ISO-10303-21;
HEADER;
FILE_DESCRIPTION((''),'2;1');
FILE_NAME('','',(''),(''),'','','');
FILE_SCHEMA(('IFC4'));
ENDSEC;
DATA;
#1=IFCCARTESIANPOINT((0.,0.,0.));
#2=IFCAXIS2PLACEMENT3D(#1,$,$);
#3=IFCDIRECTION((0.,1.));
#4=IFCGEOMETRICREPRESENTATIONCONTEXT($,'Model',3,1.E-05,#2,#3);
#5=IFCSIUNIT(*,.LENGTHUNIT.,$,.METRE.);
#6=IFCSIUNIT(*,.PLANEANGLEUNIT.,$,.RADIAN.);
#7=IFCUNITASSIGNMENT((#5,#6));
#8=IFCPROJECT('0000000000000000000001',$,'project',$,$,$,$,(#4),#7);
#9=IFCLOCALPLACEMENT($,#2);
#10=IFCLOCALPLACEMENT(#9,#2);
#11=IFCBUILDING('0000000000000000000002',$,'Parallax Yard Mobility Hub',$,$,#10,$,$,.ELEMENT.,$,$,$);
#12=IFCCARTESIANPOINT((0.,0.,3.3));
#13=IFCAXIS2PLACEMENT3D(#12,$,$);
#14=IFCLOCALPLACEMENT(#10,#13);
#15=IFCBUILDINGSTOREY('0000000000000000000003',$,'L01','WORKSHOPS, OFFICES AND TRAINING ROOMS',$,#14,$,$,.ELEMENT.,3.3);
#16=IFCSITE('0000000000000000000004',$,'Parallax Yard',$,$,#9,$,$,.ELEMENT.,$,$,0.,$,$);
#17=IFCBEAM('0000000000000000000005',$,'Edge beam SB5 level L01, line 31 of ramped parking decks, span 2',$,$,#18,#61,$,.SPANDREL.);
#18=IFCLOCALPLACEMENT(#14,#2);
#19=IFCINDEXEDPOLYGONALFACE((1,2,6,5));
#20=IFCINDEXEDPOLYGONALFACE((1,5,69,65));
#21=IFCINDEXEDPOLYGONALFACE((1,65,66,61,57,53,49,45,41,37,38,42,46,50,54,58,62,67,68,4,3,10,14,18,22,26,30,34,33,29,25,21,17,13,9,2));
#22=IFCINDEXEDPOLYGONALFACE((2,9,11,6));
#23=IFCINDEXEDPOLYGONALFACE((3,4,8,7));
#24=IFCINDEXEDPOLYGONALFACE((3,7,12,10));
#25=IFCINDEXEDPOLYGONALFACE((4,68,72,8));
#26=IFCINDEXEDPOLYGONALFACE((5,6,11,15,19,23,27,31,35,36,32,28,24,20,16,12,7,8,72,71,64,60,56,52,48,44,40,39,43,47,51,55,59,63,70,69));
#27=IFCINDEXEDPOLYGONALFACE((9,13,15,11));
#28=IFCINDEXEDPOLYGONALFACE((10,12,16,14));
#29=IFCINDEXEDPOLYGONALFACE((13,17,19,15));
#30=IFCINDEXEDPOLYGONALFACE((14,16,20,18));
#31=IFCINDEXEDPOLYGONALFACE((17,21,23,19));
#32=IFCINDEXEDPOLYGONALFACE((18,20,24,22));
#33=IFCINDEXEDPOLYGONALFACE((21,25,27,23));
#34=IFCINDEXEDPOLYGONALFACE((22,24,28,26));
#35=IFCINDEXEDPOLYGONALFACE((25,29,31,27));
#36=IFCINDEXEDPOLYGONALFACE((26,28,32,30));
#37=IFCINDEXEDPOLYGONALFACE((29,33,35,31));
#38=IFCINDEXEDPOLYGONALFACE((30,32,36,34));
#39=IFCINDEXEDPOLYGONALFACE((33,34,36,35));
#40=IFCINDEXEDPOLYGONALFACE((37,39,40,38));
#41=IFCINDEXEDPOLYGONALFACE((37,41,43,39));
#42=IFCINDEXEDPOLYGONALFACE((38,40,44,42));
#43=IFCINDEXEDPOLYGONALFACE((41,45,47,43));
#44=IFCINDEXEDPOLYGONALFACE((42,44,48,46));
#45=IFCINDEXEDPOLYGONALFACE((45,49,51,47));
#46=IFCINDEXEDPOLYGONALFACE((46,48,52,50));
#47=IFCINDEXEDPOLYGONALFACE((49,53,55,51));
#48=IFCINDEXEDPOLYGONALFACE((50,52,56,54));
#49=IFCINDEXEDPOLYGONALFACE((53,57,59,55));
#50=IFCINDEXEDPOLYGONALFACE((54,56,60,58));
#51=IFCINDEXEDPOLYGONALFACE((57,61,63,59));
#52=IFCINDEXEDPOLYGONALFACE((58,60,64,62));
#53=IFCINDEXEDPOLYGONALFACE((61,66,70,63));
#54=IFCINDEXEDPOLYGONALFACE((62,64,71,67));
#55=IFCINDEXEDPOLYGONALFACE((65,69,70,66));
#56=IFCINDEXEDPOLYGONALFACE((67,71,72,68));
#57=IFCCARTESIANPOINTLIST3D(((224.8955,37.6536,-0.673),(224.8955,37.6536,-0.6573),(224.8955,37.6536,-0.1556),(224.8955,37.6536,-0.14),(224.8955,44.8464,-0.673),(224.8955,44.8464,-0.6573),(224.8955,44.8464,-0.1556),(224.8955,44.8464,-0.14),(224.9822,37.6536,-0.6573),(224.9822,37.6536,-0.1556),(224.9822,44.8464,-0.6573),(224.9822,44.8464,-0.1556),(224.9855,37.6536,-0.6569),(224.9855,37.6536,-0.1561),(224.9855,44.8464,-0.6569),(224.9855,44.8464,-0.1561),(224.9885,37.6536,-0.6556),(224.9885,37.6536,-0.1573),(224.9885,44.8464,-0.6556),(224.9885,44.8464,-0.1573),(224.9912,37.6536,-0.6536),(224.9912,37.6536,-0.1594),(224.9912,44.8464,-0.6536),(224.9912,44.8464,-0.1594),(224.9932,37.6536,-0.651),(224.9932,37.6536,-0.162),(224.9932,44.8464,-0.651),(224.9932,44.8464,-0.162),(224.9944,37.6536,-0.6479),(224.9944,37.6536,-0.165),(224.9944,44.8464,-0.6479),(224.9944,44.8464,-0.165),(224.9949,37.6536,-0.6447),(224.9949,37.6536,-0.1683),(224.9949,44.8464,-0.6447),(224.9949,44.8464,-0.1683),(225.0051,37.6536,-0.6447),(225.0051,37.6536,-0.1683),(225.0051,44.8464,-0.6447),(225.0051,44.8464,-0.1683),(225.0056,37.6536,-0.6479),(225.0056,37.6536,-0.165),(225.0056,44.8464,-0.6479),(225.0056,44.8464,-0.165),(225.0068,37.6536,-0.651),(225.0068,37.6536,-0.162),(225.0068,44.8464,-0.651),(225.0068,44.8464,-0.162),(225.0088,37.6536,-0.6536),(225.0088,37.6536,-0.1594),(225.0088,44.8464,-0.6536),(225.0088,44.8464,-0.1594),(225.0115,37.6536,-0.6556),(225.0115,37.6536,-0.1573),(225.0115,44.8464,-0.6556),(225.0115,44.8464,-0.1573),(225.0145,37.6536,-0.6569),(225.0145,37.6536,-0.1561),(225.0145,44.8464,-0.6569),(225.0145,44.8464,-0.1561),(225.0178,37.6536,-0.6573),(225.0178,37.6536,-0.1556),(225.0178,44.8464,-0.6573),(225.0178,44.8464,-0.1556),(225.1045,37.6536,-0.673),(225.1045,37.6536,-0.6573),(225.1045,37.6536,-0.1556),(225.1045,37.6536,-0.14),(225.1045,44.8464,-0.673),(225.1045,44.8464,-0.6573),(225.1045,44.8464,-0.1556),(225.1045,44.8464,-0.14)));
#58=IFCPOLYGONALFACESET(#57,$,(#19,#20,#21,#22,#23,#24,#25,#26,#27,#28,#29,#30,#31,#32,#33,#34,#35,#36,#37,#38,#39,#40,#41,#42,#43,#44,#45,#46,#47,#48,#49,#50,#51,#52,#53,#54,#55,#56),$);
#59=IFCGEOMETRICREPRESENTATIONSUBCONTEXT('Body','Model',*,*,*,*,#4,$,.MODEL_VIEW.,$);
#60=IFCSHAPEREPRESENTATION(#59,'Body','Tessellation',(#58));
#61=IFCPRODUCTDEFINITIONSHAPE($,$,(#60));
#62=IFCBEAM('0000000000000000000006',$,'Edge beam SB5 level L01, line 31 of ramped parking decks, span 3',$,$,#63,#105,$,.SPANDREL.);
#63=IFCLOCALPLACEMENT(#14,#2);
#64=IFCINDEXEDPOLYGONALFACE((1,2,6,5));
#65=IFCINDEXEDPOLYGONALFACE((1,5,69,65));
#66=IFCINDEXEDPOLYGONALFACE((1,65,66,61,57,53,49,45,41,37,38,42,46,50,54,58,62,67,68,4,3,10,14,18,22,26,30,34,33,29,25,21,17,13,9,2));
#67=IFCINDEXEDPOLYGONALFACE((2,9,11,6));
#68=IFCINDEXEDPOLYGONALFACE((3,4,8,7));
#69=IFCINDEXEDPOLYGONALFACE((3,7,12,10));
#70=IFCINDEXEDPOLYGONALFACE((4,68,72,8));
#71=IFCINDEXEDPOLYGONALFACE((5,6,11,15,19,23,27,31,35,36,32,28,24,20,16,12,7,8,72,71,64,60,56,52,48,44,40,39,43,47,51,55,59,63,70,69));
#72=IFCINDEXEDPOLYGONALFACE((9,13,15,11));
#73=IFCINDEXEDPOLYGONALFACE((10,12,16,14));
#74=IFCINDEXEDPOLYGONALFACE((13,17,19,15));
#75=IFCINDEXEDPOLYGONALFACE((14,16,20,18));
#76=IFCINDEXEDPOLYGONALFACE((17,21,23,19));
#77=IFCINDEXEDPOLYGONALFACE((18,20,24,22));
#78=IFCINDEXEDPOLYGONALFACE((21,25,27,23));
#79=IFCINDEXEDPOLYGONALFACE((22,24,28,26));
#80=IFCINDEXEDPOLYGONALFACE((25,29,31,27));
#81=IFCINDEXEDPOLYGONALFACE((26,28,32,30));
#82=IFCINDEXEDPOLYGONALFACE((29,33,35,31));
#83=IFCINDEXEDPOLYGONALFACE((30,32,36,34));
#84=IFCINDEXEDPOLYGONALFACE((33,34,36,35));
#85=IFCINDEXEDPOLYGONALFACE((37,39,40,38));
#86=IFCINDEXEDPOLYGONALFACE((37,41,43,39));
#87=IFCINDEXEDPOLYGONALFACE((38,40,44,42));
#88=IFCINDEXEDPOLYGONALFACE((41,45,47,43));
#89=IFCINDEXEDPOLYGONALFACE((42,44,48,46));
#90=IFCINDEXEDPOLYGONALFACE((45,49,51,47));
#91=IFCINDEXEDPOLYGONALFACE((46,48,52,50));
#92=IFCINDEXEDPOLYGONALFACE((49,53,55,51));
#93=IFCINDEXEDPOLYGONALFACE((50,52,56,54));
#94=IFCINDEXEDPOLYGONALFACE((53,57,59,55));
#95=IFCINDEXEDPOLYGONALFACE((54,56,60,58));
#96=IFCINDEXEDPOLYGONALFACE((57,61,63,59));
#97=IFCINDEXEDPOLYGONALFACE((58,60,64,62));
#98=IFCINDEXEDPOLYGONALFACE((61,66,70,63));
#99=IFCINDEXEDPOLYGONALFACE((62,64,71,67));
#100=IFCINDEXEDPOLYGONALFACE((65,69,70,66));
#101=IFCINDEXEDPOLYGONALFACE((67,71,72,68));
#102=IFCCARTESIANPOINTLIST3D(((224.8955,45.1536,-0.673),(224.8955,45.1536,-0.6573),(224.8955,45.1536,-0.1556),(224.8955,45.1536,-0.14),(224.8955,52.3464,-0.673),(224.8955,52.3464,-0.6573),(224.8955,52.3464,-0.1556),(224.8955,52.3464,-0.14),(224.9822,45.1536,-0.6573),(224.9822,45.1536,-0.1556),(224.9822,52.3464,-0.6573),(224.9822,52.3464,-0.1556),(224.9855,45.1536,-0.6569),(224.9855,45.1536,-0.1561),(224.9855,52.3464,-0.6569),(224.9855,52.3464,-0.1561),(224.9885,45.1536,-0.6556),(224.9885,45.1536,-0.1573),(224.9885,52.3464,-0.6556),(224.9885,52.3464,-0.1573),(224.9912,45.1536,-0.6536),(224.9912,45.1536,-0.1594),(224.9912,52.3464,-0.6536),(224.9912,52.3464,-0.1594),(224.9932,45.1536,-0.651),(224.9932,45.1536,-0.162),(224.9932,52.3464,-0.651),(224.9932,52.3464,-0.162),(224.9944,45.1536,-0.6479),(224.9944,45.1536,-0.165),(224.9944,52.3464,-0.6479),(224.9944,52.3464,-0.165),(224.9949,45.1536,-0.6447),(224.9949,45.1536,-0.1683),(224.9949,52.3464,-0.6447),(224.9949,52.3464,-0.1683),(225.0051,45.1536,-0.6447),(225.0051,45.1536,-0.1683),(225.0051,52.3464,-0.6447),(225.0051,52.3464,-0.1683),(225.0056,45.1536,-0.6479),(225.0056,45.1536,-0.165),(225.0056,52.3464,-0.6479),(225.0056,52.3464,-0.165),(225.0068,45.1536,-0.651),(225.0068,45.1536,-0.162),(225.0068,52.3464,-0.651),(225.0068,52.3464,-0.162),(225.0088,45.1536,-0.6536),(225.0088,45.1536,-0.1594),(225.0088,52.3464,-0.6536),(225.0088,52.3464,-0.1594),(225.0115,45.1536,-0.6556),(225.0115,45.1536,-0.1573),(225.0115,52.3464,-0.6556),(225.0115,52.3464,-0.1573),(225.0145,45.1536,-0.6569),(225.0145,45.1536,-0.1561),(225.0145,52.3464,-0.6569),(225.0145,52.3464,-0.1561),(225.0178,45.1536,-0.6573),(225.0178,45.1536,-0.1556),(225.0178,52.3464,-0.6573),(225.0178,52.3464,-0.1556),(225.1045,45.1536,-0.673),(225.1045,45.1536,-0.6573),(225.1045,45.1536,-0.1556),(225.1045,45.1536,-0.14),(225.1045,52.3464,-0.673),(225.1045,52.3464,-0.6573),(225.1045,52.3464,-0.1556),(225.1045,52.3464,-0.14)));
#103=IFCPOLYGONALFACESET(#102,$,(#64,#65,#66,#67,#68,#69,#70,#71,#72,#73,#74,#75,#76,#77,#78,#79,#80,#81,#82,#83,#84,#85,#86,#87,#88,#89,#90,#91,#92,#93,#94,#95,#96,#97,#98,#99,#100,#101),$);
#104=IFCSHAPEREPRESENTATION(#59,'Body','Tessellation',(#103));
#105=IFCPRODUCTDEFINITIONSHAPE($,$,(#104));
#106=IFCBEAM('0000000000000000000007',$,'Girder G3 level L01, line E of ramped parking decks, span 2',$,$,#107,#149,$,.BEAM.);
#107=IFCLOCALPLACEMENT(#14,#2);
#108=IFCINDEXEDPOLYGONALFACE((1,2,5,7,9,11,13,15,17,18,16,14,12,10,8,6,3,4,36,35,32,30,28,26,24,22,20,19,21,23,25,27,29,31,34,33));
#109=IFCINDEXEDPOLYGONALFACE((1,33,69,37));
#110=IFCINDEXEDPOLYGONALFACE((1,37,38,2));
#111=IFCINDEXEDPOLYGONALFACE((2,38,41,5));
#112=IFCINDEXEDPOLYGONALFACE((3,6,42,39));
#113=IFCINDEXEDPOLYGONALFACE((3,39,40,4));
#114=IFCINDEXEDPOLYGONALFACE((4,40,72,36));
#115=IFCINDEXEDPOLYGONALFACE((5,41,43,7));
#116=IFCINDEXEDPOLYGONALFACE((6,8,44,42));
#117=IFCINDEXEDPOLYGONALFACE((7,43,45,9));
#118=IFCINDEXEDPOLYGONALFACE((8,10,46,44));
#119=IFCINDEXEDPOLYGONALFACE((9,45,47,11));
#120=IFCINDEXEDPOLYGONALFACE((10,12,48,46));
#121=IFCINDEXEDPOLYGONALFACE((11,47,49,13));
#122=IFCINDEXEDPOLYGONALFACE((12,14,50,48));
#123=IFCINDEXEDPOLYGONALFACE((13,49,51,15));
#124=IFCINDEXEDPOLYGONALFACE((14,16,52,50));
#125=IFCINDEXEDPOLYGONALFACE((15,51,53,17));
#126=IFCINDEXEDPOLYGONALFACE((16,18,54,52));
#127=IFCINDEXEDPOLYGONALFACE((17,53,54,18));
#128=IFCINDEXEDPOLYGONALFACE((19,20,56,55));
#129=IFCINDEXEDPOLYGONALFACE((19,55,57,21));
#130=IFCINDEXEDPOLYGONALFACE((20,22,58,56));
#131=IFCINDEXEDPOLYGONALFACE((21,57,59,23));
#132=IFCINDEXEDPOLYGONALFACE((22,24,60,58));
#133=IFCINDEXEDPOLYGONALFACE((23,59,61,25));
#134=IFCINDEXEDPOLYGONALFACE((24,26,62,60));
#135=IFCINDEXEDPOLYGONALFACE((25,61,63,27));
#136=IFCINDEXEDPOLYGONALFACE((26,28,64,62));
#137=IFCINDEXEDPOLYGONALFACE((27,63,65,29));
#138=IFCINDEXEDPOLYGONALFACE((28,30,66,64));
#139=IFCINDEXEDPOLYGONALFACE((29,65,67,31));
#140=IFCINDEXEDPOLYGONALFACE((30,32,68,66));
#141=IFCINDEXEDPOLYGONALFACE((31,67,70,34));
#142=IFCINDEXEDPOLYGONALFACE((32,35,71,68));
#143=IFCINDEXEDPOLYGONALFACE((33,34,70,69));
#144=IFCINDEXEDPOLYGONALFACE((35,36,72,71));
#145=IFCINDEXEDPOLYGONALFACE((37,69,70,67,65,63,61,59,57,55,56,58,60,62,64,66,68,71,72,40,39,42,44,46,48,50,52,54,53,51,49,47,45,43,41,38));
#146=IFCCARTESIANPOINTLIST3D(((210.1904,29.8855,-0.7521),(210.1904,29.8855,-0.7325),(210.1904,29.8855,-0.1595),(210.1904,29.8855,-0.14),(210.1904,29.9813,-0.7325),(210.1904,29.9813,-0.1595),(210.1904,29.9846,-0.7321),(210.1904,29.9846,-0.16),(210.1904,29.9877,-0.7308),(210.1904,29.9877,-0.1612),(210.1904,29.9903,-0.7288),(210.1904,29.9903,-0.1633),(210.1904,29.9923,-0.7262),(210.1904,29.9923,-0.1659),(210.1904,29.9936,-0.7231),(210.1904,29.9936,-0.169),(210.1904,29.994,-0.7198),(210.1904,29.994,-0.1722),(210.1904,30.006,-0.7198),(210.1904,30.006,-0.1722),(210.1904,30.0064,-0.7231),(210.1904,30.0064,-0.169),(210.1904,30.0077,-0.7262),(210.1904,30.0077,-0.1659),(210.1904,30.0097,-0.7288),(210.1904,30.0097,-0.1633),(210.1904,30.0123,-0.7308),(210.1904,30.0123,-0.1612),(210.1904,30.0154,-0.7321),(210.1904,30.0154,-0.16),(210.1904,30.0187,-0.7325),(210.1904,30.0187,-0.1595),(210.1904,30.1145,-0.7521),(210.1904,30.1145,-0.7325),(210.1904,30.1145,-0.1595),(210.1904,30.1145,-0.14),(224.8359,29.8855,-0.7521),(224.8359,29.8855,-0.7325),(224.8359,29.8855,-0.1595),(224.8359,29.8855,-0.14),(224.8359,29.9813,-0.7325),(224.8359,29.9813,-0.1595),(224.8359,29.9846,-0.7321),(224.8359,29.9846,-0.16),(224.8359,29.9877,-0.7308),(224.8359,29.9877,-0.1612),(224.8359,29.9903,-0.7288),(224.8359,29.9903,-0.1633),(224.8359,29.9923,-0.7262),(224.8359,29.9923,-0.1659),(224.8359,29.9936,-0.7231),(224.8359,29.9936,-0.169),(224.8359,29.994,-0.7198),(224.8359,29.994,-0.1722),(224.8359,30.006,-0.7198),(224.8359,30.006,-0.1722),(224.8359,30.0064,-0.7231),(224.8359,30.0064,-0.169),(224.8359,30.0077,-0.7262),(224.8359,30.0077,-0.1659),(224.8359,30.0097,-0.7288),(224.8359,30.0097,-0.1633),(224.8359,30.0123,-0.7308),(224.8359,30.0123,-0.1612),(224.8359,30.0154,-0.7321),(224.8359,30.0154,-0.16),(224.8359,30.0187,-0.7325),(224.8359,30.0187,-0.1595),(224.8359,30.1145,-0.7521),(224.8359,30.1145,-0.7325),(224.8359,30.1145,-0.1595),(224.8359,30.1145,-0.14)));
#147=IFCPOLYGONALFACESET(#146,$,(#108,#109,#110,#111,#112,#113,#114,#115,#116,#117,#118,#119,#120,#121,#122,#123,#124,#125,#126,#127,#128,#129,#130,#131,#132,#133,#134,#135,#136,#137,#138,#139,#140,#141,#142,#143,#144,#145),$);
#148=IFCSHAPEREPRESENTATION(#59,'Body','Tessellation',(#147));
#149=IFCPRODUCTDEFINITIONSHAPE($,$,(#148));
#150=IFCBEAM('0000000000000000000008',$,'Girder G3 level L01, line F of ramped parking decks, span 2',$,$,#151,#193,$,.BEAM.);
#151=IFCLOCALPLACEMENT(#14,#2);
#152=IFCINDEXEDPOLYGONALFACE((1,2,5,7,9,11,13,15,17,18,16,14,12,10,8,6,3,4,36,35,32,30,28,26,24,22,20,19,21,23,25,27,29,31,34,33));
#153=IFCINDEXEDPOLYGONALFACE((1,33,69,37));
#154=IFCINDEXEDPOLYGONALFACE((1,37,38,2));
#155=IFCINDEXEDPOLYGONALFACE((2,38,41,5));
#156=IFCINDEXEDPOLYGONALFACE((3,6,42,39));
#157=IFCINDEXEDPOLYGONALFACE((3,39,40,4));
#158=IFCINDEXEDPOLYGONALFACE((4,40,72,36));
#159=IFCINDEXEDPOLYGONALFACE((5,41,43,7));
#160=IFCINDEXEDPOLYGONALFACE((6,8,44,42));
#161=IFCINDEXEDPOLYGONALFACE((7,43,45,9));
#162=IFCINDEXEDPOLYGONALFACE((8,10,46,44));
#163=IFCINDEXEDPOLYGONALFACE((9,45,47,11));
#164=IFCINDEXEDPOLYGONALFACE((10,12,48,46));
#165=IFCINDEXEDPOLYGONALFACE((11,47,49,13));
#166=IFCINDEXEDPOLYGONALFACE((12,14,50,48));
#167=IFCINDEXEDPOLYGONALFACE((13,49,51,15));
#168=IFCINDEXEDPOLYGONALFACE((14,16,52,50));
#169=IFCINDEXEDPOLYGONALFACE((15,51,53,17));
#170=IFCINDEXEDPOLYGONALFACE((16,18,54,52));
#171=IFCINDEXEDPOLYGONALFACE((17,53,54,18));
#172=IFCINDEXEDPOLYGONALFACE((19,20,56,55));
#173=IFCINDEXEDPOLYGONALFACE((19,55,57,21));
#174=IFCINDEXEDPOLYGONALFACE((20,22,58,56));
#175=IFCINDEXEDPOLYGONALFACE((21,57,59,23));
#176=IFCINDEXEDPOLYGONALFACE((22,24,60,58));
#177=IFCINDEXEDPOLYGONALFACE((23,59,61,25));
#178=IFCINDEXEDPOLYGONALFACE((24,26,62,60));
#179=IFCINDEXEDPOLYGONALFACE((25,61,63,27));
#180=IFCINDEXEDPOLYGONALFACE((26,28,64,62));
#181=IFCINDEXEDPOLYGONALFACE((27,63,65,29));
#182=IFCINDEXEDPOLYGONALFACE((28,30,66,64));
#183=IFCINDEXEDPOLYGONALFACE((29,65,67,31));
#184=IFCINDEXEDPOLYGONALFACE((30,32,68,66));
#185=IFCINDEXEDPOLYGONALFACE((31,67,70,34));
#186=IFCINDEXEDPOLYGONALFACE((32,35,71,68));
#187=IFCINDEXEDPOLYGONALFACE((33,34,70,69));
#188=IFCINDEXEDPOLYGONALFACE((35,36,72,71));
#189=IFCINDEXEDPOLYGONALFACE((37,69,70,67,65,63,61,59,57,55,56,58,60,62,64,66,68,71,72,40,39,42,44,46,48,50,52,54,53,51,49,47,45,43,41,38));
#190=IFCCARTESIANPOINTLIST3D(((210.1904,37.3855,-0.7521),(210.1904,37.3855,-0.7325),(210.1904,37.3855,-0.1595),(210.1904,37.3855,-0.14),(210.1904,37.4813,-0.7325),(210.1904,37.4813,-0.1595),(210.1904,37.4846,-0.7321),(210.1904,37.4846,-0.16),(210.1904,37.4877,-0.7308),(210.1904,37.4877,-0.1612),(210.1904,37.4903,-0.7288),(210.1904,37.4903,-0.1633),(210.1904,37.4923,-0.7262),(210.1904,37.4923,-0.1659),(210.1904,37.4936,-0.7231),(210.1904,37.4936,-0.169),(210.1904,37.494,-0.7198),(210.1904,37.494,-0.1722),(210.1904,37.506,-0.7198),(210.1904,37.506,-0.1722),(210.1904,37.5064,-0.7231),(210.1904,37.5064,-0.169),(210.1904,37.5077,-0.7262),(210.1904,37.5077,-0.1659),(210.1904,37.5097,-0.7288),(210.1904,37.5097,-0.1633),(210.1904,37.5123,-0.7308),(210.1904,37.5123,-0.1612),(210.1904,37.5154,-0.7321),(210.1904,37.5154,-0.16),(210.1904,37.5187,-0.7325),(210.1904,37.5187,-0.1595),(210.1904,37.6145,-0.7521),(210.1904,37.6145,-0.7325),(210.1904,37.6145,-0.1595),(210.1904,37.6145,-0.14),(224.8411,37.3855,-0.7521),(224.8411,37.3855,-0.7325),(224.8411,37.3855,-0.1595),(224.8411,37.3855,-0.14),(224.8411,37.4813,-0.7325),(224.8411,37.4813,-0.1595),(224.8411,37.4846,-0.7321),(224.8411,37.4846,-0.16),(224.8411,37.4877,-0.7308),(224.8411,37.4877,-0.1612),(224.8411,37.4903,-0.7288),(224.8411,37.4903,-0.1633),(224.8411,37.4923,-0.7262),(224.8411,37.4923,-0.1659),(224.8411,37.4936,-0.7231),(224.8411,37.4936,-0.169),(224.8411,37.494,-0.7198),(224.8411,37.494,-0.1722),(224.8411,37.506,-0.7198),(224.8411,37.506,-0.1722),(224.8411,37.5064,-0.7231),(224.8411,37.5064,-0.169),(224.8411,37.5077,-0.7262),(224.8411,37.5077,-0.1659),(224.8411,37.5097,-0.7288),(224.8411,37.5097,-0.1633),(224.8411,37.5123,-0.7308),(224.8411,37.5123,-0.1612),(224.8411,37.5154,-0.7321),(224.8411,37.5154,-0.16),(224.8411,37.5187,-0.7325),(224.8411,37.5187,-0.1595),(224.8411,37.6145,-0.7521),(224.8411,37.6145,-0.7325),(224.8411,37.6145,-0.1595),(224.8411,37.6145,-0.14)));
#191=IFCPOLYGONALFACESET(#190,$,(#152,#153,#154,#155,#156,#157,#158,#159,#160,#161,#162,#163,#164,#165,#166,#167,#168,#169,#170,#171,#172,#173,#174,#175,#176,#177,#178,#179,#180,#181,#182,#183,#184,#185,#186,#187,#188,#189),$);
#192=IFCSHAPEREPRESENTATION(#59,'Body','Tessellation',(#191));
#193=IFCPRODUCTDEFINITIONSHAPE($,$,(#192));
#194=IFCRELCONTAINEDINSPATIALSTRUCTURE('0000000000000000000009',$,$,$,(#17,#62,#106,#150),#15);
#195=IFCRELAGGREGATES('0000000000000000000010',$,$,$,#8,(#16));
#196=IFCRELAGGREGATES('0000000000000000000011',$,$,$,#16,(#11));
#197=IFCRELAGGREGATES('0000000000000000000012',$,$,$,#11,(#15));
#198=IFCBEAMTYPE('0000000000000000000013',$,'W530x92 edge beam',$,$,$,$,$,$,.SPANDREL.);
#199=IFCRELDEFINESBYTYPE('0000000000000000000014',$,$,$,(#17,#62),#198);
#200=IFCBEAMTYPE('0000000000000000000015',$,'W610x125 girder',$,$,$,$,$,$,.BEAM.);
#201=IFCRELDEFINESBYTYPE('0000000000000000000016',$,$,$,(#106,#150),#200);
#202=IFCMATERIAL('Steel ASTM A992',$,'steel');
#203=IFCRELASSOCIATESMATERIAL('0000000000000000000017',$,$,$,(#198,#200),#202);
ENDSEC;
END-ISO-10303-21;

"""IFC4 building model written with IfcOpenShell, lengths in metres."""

from ifc_helpers import new_model, si_unit, direction, frame, origin, origin_2d, place, context, subcontext, project, spatial, i_section, extrude, material, material_profile, profile_set, type_object, element, save


model = new_model("IFC4")

# Units and contexts
model_context = context("Model", 3, precision=1e-05, world=origin(), true_north=direction((0.0, 1.0)))
body_context = subcontext(model_context, "Body", "Model", "MODEL_VIEW")
ifc_project = project(units=[si_unit("LENGTHUNIT", "METRE"), si_unit("PLANEANGLEUNIT", "RADIAN")], contexts=[model_context])

# Site, building, storey
site_placement = place(None, origin())
site = spatial("IfcSite", under=ifc_project, at=site_placement, Name="Parallax Yard", CompositionType="ELEMENT", RefElevation=0.0)
building_placement = place(site_placement, origin())
building = spatial("IfcBuilding", under=site, at=building_placement, Name="Parallax Yard Mobility Hub", CompositionType="ELEMENT")
storey_placement = place(building_placement, frame((0.0, 0.0, 3.3)))
storey = spatial("IfcBuildingStorey", under=building, at=storey_placement, Name="L01", Description="WORKSHOPS, OFFICES AND TRAINING ROOMS", CompositionType="ELEMENT", Elevation=3.3)

# Shared definitions
ifc_material_1 = material(Name="Steel ASTM A992", Category="steel")

# Beams
ifc_material_profile_1 = material_profile(ifc_material_1, i_section(OverallWidth=0.209, OverallDepth=0.533, WebThickness=0.0103, FlangeThickness=0.0156, FilletRadius=0.0127, at=origin_2d()), Name="W530x92")
ifc_profile_set_1 = profile_set([ifc_material_profile_1], Name="Steel ASTM A992")
beam_type_1 = type_object("IfcBeamType", Name="W530x92 edge beam", PredefinedType="SPANDREL", material=ifc_profile_set_1)
for number, where, z_axis, x_axis, name in (
    (1, (225.0, 37.6536, -0.4065), (0.0, 1.0, 0.0), (-1.0, 0.0, 0.0), "Edge beam SB5 level L01, line 31 of ramped parking decks, span 2"),
    (2, (225.0, 45.1536, -0.4065), (0.0, 1.0, 0.0), (-1.0, 0.0, 0.0), "Edge beam SB5 level L01, line 31 of ramped parking decks, span 3"),
):
    element("IfcBeam", number, at=place(storey_placement, frame(where, z_axis=z_axis, x_axis=x_axis)), inside=storey, type_object=beam_type_1, Name=name, PredefinedType="SPANDREL", context=body_context, shape_type="SweptSolid", body=[
        extrude(i_section(OverallWidth=0.209, OverallDepth=0.533, WebThickness=0.0103, FlangeThickness=0.0156, FilletRadius=0.0127, at=origin_2d()), origin(), (0.0, 0.0, 1.0), 7.1929),
    ])
ifc_material_profile_2 = material_profile(ifc_material_1, i_section(OverallWidth=0.229, OverallDepth=0.6121, WebThickness=0.012, FlangeThickness=0.0195, FilletRadius=0.0127, at=origin_2d()), Name="W610x125")
ifc_profile_set_2 = profile_set([ifc_material_profile_2], Name="Steel ASTM A992")
beam_type_2 = type_object("IfcBeamType", Name="W610x125 girder", PredefinedType="BEAM", material=ifc_profile_set_2)
beam_1_placement = place(storey_placement, frame((210.1904, 30.0, -0.446), z_axis=(1.0, 0.0, 0.0), x_axis=(0.0, 1.0, 0.0)))
element("IfcBeam", 3, at=beam_1_placement, inside=storey, type_object=beam_type_2, Name="Girder G3 level L01, line E of ramped parking decks, span 2", PredefinedType="BEAM", context=body_context, shape_type="SweptSolid", body=[
    extrude(i_section(OverallWidth=0.229, OverallDepth=0.6121, WebThickness=0.012, FlangeThickness=0.0195, FilletRadius=0.0127, at=origin_2d()), origin(), (0.0, 0.0, 1.0), 14.6455),
])
for number, where, z_axis, x_axis, name in (
    (4, (210.1904, 37.5, -0.446), (1.0, 0.0, 0.0), (0.0, 1.0, 0.0), "Girder G3 level L01, line F of ramped parking decks, span 2"),
):
    element("IfcBeam", number, at=place(storey_placement, frame(where, z_axis=z_axis, x_axis=x_axis)), inside=storey, type_object=beam_type_2, Name=name, PredefinedType="BEAM", context=body_context, shape_type="SweptSolid", body=[
        extrude(i_section(OverallWidth=0.229, OverallDepth=0.6121, WebThickness=0.012, FlangeThickness=0.0195, FilletRadius=0.0127, at=origin_2d()), origin(), (0.0, 0.0, 1.0), 14.6506),
    ])

save(model, "model.ifc")
